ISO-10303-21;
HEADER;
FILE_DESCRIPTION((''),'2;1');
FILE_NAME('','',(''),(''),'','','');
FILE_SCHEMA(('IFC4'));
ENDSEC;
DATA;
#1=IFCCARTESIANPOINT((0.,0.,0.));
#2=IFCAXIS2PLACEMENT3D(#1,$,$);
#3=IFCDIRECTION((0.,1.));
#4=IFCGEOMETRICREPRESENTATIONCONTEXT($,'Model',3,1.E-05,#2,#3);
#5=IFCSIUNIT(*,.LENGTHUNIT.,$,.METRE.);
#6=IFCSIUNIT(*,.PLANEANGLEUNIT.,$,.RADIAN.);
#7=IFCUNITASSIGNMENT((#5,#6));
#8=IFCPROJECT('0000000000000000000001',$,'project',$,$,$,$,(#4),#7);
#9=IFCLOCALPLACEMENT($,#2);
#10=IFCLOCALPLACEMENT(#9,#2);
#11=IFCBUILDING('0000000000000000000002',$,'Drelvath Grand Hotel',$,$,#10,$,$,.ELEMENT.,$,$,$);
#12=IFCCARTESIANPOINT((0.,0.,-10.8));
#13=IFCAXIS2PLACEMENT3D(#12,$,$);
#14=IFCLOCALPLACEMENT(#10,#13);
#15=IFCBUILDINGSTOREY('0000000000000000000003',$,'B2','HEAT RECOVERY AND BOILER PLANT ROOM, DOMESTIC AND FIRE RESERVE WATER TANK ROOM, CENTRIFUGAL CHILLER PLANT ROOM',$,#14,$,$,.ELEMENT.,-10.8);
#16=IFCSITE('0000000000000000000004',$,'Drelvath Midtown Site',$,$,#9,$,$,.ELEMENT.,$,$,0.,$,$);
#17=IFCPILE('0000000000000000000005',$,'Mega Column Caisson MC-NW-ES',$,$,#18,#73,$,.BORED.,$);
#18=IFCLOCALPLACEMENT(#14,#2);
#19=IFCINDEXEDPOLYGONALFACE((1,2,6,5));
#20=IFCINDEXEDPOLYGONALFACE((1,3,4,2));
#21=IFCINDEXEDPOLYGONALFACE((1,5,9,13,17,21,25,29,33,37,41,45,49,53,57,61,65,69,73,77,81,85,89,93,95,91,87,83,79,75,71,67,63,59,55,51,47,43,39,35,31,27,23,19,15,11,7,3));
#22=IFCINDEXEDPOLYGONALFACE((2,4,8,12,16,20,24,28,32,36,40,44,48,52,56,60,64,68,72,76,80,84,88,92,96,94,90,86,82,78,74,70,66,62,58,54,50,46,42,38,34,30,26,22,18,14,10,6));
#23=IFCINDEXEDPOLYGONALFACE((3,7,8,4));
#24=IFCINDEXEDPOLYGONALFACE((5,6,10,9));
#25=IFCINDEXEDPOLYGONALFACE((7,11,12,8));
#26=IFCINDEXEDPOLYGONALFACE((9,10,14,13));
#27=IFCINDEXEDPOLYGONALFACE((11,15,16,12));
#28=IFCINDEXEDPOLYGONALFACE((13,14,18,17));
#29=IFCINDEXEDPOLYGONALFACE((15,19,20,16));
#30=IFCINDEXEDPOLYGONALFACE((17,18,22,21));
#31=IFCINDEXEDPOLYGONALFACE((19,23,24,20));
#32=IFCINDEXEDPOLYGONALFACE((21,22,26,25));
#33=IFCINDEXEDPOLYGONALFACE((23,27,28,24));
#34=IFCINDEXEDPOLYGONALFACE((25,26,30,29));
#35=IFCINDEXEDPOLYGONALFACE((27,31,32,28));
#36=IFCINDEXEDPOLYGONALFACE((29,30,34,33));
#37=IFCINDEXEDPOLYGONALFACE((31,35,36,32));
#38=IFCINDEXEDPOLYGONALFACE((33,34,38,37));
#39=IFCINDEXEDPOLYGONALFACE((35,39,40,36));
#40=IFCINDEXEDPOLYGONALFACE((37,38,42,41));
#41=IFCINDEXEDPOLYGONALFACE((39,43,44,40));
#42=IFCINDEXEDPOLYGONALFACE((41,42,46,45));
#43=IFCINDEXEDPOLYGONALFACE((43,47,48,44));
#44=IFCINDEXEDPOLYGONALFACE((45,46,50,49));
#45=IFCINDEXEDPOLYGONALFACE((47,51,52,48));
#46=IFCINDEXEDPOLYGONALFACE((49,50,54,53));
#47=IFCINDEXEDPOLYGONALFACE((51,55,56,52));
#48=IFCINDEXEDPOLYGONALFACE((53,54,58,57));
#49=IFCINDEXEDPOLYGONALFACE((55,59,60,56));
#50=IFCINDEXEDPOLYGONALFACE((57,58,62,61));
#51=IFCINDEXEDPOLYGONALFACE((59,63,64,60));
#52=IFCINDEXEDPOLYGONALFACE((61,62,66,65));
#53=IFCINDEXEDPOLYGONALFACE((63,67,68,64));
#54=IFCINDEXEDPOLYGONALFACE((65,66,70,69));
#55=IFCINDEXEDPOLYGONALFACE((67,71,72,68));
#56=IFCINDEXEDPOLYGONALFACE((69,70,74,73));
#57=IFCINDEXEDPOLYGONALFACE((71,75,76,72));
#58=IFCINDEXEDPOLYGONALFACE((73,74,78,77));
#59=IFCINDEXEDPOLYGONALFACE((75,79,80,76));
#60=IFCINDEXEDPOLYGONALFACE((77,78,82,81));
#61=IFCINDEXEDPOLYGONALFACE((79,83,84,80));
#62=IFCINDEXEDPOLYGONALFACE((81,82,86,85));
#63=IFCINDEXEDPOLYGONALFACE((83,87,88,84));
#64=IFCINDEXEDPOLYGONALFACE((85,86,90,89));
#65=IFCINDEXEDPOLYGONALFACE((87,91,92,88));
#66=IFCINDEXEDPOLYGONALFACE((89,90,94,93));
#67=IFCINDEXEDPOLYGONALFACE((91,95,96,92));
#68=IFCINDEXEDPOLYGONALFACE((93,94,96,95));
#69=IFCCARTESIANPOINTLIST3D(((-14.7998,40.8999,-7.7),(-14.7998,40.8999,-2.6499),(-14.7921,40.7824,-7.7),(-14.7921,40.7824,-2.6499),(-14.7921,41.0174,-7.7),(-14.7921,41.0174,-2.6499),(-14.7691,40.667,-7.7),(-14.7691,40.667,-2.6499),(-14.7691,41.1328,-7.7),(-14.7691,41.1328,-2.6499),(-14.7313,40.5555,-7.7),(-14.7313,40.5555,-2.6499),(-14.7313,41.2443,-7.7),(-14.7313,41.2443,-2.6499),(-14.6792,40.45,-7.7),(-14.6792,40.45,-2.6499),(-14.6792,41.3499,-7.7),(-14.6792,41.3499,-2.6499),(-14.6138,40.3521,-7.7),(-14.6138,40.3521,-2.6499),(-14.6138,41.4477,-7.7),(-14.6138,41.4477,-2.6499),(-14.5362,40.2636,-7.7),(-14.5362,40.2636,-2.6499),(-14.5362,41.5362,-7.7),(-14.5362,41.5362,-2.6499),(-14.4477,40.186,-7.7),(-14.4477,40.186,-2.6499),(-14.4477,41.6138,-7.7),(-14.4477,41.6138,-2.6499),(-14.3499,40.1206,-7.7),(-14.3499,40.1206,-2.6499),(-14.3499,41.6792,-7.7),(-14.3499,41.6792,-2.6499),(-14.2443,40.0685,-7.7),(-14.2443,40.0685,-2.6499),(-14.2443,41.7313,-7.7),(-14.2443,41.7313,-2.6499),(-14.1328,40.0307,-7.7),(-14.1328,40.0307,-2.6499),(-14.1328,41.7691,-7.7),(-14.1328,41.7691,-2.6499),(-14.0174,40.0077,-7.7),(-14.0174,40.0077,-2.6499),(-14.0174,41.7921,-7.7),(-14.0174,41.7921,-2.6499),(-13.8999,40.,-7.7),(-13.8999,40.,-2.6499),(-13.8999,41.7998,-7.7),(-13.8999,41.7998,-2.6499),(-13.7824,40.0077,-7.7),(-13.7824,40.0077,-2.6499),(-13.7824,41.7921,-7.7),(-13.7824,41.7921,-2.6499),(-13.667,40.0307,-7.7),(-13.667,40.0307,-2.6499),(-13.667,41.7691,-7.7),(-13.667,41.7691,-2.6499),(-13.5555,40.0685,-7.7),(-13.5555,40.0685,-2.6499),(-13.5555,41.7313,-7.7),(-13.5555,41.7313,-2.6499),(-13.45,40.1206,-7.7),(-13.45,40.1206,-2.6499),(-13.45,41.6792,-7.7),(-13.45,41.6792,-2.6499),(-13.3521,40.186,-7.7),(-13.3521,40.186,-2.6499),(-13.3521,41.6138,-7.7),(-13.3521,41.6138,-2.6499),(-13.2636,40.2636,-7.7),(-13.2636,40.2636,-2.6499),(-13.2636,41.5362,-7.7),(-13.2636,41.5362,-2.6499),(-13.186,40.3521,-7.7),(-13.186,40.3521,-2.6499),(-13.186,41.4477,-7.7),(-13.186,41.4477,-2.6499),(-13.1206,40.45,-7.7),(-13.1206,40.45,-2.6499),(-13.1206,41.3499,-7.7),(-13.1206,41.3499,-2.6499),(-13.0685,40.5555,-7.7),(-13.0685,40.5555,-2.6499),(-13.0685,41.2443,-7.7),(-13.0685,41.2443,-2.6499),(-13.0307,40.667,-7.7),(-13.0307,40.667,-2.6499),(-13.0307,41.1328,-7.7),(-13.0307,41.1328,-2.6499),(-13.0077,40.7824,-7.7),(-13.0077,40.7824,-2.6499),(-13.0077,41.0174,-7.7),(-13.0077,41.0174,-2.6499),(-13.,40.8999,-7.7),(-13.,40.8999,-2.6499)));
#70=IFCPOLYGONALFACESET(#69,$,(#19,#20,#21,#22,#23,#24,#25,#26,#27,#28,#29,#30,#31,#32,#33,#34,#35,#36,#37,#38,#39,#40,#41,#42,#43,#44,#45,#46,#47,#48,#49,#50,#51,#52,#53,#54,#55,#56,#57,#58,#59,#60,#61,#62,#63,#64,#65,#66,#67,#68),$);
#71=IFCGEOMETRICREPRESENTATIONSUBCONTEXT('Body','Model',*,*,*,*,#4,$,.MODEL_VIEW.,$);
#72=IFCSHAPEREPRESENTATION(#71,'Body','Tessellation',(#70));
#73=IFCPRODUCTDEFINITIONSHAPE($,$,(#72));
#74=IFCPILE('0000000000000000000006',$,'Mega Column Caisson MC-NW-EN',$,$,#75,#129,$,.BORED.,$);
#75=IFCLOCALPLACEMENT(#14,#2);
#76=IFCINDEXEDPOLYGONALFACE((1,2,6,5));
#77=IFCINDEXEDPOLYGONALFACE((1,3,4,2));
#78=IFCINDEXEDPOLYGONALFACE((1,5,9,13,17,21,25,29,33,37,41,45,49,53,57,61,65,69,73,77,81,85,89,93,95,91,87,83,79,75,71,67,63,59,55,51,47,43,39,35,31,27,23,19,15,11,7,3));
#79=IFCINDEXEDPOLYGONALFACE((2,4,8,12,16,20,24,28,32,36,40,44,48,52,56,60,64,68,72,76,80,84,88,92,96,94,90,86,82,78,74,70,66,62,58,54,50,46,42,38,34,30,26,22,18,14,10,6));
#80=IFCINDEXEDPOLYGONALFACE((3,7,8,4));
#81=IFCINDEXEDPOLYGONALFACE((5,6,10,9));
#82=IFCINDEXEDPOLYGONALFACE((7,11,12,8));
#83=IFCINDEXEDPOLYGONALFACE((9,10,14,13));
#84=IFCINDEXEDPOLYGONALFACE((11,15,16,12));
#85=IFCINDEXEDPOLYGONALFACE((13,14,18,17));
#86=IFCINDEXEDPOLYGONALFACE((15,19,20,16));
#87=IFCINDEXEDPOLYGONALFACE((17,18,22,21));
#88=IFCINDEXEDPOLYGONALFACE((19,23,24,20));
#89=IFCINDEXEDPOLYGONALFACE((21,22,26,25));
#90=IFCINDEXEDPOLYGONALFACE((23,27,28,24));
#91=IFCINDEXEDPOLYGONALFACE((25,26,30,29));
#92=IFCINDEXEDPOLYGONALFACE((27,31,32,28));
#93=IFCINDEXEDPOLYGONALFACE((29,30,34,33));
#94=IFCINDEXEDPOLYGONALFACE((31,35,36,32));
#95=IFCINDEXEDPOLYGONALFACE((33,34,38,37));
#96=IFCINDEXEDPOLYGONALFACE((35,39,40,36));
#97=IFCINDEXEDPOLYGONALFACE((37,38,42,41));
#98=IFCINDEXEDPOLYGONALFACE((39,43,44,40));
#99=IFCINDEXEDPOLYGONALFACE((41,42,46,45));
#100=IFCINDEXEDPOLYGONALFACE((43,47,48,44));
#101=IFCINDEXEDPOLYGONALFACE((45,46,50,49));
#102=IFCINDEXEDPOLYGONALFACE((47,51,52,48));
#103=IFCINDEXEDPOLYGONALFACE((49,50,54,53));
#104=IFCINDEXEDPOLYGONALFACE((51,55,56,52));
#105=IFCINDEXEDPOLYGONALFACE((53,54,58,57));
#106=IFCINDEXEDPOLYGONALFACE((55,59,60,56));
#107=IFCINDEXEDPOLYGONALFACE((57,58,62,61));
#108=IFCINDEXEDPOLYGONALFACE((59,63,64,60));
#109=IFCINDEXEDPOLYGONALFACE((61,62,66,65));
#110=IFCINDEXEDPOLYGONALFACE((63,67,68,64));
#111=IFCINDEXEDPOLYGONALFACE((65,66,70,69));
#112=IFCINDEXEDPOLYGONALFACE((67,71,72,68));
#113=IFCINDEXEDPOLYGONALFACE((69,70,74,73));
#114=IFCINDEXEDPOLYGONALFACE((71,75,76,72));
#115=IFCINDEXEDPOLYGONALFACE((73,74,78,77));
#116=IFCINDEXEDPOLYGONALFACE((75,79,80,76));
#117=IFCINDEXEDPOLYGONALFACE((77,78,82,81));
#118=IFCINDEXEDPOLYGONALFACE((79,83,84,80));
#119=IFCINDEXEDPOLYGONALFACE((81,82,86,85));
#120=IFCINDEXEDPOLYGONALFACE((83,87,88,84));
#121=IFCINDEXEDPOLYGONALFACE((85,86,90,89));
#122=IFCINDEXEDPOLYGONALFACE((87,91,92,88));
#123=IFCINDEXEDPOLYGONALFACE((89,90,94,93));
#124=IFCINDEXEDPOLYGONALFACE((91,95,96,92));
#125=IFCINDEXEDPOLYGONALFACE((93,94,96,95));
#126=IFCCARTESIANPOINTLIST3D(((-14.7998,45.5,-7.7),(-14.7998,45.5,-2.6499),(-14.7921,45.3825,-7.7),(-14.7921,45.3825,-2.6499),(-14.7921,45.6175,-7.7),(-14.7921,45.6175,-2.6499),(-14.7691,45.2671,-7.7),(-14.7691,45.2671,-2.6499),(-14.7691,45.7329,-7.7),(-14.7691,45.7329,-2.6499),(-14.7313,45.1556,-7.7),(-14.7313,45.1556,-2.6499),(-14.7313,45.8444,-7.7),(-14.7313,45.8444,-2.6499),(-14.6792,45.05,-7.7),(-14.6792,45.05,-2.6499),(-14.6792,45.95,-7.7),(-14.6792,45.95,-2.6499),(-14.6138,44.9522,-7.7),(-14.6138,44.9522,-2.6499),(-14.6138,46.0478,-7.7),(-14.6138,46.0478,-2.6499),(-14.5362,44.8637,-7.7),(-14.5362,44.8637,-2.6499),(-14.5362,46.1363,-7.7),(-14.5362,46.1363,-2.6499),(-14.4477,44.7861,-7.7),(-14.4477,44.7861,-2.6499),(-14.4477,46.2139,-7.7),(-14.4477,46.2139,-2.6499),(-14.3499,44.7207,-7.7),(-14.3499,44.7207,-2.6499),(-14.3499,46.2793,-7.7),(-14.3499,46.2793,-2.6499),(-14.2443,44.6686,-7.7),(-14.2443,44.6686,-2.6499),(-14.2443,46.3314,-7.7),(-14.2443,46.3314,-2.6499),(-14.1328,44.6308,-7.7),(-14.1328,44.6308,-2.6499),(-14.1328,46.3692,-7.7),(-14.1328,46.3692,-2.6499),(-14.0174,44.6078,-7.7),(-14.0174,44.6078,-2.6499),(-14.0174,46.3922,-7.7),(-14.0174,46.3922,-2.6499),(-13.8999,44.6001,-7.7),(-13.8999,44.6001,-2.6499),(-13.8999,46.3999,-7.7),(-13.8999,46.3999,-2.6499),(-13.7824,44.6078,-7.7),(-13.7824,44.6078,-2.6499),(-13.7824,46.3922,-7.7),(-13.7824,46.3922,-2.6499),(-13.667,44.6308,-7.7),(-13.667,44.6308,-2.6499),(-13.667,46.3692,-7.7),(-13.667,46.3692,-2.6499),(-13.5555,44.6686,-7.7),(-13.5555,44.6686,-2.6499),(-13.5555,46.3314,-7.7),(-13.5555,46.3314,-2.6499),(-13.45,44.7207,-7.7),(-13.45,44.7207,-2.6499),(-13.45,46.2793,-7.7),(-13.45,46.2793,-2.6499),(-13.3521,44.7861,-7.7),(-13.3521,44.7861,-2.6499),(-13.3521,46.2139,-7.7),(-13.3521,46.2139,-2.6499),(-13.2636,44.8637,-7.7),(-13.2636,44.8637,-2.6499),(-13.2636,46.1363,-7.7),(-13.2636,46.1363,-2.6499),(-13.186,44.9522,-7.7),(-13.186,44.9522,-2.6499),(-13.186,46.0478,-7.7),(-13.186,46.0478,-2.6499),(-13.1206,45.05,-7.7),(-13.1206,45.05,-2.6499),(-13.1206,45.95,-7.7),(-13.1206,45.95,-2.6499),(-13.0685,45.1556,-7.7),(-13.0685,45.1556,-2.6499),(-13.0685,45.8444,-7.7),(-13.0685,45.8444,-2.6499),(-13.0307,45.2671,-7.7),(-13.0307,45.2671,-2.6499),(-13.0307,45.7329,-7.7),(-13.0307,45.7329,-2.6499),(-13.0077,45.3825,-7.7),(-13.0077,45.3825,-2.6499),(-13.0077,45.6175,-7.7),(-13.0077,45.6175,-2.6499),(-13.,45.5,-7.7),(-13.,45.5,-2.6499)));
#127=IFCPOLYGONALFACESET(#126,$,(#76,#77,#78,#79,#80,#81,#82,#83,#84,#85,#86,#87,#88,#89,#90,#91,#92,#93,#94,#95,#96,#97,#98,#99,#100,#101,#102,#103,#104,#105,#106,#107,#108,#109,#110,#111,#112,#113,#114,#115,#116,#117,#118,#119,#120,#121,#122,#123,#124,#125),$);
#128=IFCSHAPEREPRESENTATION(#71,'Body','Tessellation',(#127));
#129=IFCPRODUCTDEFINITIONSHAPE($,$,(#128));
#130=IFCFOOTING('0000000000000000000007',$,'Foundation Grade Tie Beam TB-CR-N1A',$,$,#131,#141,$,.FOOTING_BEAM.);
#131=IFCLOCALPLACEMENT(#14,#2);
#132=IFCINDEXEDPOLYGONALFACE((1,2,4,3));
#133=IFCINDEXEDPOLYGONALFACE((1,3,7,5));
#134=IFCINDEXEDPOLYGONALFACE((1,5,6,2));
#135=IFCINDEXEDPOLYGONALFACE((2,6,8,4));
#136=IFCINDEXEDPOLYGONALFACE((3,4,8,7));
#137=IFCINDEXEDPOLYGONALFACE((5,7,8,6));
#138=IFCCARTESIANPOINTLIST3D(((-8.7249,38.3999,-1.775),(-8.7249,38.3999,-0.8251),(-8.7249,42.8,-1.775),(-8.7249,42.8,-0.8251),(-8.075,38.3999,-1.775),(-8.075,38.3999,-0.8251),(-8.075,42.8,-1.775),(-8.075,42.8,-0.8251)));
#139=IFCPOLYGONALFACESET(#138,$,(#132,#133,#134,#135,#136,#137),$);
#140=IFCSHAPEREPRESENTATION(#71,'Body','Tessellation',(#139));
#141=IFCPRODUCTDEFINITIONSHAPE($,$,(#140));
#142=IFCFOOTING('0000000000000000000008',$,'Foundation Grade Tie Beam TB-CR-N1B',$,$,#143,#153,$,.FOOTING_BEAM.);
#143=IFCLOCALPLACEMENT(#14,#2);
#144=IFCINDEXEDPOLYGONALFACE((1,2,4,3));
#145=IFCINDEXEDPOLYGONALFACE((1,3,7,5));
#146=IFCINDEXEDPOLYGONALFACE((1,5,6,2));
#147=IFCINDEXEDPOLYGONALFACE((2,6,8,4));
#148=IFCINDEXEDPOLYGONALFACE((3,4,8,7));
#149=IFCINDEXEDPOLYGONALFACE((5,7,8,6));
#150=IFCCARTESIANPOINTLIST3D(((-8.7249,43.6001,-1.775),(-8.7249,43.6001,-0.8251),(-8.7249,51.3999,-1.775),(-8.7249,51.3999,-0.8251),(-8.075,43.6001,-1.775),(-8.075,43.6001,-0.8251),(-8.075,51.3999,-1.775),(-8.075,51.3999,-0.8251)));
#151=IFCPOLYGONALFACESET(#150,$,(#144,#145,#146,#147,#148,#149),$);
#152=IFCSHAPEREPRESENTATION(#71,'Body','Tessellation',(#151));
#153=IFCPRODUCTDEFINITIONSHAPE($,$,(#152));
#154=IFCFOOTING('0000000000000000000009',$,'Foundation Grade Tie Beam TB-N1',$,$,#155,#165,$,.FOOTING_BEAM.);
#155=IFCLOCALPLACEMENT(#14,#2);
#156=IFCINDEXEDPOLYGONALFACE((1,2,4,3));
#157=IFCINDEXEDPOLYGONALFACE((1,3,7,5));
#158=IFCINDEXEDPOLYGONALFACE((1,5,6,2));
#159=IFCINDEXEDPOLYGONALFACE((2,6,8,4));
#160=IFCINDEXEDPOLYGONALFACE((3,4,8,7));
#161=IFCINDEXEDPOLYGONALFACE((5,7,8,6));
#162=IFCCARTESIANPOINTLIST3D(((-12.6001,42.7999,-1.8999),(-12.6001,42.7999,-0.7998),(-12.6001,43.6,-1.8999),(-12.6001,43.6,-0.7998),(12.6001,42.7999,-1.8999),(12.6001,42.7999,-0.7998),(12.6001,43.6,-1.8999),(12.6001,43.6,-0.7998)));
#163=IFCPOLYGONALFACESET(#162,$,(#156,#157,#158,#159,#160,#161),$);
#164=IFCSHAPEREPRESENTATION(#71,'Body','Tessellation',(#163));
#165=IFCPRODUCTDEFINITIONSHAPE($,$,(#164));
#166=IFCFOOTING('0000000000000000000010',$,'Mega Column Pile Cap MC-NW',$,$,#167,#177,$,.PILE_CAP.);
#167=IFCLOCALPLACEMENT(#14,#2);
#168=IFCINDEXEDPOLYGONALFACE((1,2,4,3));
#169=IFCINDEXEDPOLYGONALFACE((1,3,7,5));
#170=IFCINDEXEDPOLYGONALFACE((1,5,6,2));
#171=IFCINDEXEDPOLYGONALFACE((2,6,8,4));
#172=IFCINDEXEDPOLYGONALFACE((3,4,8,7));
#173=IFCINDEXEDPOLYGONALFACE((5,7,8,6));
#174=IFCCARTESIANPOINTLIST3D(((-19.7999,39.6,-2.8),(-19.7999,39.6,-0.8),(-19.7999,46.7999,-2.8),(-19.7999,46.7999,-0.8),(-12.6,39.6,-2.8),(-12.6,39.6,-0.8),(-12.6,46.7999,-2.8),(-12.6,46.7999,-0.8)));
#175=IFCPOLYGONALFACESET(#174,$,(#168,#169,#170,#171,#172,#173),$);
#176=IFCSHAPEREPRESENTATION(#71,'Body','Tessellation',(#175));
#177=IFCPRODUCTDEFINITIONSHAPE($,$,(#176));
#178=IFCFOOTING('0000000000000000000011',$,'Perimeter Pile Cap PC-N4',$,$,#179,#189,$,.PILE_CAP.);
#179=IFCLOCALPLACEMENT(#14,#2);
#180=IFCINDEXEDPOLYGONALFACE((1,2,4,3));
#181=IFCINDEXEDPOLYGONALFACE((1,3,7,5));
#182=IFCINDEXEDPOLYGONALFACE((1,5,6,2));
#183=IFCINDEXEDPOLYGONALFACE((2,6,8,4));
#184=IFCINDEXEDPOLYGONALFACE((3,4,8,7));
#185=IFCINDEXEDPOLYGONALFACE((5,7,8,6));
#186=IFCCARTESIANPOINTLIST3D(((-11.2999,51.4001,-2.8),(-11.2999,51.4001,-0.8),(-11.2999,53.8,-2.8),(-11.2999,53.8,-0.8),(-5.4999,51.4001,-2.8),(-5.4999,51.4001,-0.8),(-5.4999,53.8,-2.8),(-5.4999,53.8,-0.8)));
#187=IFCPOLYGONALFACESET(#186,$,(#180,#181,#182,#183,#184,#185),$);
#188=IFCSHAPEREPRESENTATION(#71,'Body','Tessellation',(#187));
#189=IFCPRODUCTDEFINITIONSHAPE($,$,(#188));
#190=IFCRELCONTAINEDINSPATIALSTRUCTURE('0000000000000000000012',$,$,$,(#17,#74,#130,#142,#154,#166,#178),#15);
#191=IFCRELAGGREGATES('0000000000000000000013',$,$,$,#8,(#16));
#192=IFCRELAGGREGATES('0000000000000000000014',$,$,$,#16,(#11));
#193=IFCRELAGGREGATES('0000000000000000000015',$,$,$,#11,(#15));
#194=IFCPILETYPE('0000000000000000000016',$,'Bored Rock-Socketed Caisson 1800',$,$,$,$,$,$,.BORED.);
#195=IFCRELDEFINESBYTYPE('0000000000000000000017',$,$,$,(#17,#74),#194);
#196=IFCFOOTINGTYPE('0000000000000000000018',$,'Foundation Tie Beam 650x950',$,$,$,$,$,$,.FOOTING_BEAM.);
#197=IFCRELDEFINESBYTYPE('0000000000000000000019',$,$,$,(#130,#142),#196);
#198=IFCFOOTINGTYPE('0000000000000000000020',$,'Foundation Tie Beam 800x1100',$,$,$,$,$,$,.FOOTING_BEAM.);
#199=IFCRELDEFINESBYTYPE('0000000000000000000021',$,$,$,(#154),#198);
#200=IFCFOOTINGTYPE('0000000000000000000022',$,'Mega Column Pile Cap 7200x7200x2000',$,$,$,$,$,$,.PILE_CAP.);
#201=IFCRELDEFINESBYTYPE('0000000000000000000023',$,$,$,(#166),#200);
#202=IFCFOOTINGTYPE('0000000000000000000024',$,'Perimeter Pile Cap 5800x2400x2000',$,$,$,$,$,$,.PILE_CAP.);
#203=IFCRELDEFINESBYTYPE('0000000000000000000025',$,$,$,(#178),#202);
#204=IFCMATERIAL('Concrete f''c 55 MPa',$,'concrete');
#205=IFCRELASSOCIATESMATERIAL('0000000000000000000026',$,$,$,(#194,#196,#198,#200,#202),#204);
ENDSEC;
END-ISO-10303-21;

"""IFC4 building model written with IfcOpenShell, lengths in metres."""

from ifc_helpers import new_model, si_unit, direction, frame, origin, origin_2d, place, context, subcontext, project, spatial, rectangle, circle, extrude, material, material_profile, profile_set, type_object, element, save


model = new_model("IFC4")

# Units and contexts
model_context = context("Model", 3, precision=1e-05, world=origin(), true_north=direction((0.0, 1.0)))
body_context = subcontext(model_context, "Body", "Model", "MODEL_VIEW")
ifc_project = project(units=[si_unit("LENGTHUNIT", "METRE"), si_unit("PLANEANGLEUNIT", "RADIAN")], contexts=[model_context])

# Site, building, storey
site_placement = place(None, origin())
site = spatial("IfcSite", under=ifc_project, at=site_placement, Name="Drelvath Midtown Site", CompositionType="ELEMENT", RefElevation=0.0)
building_placement = place(site_placement, origin())
building = spatial("IfcBuilding", under=site, at=building_placement, Name="Drelvath Grand Hotel", CompositionType="ELEMENT")
storey_placement = place(building_placement, frame((0.0, 0.0, -10.8)))
storey = spatial("IfcBuildingStorey", under=building, at=storey_placement, Name="B2", Description="HEAT RECOVERY AND BOILER PLANT ROOM, DOMESTIC AND FIRE RESERVE WATER TANK ROOM, CENTRIFUGAL CHILLER PLANT ROOM", CompositionType="ELEMENT", Elevation=-10.8)

# Piles
ifc_material_1 = material(Name="Concrete f'c 55 MPa", Category="concrete")
ifc_material_profile_1 = material_profile(ifc_material_1, circle(Radius=0.8999, at=origin_2d()), Name="CAISSON1800")
ifc_profile_set_1 = profile_set([ifc_material_profile_1], Name="Concrete f'c 55 MPa")
pile_type_1 = type_object("IfcPileType", Name="Bored Rock-Socketed Caisson 1800", PredefinedType="BORED", material=ifc_profile_set_1)
for number, where, z_axis, x_axis, name in (
    (1, (-13.8999, 40.8999, -2.6499), (0.0, 0.0, -1.0), (1.0, 0.0, 0.0), "Mega Column Caisson MC-NW-ES"),
    (2, (-13.8999, 45.5, -2.6499), (0.0, 0.0, -1.0), (1.0, 0.0, 0.0), "Mega Column Caisson MC-NW-EN"),
):
    element("IfcPile", number, at=place(storey_placement, frame(where, z_axis=z_axis, x_axis=x_axis)), inside=storey, type_object=pile_type_1, Name=name, PredefinedType="BORED", context=body_context, shape_type="SweptSolid", body=[
        extrude(circle(Radius=0.8999, at=origin_2d()), origin(), (0.0, 0.0, 1.0), 5.05),
    ])

# Footings
ifc_material_profile_2 = material_profile(ifc_material_1, rectangle(XDim=0.6499, YDim=0.95, at=origin_2d()), Name="CB650X950")
ifc_profile_set_2 = profile_set([ifc_material_profile_2], Name="Concrete f'c 55 MPa")
footing_type_1 = type_object("IfcFootingType", Name="Foundation Tie Beam 650x950", PredefinedType="FOOTING_BEAM", material=ifc_profile_set_2)
footing_1_placement = place(storey_placement, frame((-8.3999, 38.3999, -1.3), z_axis=(0.0, 1.0, 0.0), x_axis=(-1.0, 0.0, 0.0)))
element("IfcFooting", 3, at=footing_1_placement, inside=storey, type_object=footing_type_1, Name="Foundation Grade Tie Beam TB-CR-N1A", PredefinedType="FOOTING_BEAM", context=body_context, shape_type="SweptSolid", body=[
    extrude(rectangle(XDim=0.6499, YDim=0.95, at=origin_2d()), origin(), (0.0, 0.0, 1.0), 4.4001),
])
footing_2_placement = place(storey_placement, frame((-8.3999, 43.6001, -1.3), z_axis=(0.0, 1.0, 0.0), x_axis=(-1.0, 0.0, 0.0)))
element("IfcFooting", 4, at=footing_2_placement, inside=storey, type_object=footing_type_1, Name="Foundation Grade Tie Beam TB-CR-N1B", PredefinedType="FOOTING_BEAM", context=body_context, shape_type="SweptSolid", body=[
    extrude(rectangle(XDim=0.6499, YDim=0.95, at=origin_2d()), origin(), (0.0, 0.0, 1.0), 7.7998),
])
ifc_material_profile_3 = material_profile(ifc_material_1, rectangle(XDim=0.8, YDim=1.1001, at=origin_2d()), Name="CB800X1100")
ifc_profile_set_3 = profile_set([ifc_material_profile_3], Name="Concrete f'c 55 MPa")
footing_type_2 = type_object("IfcFootingType", Name="Foundation Tie Beam 800x1100", PredefinedType="FOOTING_BEAM", material=ifc_profile_set_3)
footing_3_placement = place(storey_placement, frame((-12.6001, 43.2, -1.3499), z_axis=(1.0, 0.0, 0.0), x_axis=(0.0, 1.0, 0.0)))
element("IfcFooting", 5, at=footing_3_placement, inside=storey, type_object=footing_type_2, Name="Foundation Grade Tie Beam TB-N1", PredefinedType="FOOTING_BEAM", context=body_context, shape_type="SweptSolid", body=[
    extrude(rectangle(XDim=0.8, YDim=1.1001, at=origin_2d()), origin(), (0.0, 0.0, 1.0), 25.2002),
])
footing_type_3 = type_object("IfcFootingType", Name="Mega Column Pile Cap 7200x7200x2000", PredefinedType="PILE_CAP", material=ifc_material_1)
footing_4_placement = place(storey_placement, frame((-16.2, 43.2, -2.8), z_axis=(0.0, 0.0, 1.0), x_axis=(1.0, 0.0, 0.0)))
element("IfcFooting", 6, at=footing_4_placement, inside=storey, type_object=footing_type_3, Name="Mega Column Pile Cap MC-NW", PredefinedType="PILE_CAP", context=body_context, shape_type="SweptSolid", body=[
    extrude(rectangle(XDim=7.2, YDim=7.2, at=origin_2d()), origin(), (0.0, 0.0, 1.0), 2.0),
])
footing_type_4 = type_object("IfcFootingType", Name="Perimeter Pile Cap 5800x2400x2000", PredefinedType="PILE_CAP", material=ifc_material_1)
footing_5_placement = place(storey_placement, frame((-8.3999, 52.6001, -2.8), z_axis=(0.0, 0.0, 1.0), x_axis=(1.0, 0.0, 0.0)))
element("IfcFooting", 7, at=footing_5_placement, inside=storey, type_object=footing_type_4, Name="Perimeter Pile Cap PC-N4", PredefinedType="PILE_CAP", context=body_context, shape_type="SweptSolid", body=[
    extrude(rectangle(XDim=5.8, YDim=2.3999, at=origin_2d()), origin(), (0.0, 0.0, 1.0), 2.0),
])

save(model, "model.ifc")
